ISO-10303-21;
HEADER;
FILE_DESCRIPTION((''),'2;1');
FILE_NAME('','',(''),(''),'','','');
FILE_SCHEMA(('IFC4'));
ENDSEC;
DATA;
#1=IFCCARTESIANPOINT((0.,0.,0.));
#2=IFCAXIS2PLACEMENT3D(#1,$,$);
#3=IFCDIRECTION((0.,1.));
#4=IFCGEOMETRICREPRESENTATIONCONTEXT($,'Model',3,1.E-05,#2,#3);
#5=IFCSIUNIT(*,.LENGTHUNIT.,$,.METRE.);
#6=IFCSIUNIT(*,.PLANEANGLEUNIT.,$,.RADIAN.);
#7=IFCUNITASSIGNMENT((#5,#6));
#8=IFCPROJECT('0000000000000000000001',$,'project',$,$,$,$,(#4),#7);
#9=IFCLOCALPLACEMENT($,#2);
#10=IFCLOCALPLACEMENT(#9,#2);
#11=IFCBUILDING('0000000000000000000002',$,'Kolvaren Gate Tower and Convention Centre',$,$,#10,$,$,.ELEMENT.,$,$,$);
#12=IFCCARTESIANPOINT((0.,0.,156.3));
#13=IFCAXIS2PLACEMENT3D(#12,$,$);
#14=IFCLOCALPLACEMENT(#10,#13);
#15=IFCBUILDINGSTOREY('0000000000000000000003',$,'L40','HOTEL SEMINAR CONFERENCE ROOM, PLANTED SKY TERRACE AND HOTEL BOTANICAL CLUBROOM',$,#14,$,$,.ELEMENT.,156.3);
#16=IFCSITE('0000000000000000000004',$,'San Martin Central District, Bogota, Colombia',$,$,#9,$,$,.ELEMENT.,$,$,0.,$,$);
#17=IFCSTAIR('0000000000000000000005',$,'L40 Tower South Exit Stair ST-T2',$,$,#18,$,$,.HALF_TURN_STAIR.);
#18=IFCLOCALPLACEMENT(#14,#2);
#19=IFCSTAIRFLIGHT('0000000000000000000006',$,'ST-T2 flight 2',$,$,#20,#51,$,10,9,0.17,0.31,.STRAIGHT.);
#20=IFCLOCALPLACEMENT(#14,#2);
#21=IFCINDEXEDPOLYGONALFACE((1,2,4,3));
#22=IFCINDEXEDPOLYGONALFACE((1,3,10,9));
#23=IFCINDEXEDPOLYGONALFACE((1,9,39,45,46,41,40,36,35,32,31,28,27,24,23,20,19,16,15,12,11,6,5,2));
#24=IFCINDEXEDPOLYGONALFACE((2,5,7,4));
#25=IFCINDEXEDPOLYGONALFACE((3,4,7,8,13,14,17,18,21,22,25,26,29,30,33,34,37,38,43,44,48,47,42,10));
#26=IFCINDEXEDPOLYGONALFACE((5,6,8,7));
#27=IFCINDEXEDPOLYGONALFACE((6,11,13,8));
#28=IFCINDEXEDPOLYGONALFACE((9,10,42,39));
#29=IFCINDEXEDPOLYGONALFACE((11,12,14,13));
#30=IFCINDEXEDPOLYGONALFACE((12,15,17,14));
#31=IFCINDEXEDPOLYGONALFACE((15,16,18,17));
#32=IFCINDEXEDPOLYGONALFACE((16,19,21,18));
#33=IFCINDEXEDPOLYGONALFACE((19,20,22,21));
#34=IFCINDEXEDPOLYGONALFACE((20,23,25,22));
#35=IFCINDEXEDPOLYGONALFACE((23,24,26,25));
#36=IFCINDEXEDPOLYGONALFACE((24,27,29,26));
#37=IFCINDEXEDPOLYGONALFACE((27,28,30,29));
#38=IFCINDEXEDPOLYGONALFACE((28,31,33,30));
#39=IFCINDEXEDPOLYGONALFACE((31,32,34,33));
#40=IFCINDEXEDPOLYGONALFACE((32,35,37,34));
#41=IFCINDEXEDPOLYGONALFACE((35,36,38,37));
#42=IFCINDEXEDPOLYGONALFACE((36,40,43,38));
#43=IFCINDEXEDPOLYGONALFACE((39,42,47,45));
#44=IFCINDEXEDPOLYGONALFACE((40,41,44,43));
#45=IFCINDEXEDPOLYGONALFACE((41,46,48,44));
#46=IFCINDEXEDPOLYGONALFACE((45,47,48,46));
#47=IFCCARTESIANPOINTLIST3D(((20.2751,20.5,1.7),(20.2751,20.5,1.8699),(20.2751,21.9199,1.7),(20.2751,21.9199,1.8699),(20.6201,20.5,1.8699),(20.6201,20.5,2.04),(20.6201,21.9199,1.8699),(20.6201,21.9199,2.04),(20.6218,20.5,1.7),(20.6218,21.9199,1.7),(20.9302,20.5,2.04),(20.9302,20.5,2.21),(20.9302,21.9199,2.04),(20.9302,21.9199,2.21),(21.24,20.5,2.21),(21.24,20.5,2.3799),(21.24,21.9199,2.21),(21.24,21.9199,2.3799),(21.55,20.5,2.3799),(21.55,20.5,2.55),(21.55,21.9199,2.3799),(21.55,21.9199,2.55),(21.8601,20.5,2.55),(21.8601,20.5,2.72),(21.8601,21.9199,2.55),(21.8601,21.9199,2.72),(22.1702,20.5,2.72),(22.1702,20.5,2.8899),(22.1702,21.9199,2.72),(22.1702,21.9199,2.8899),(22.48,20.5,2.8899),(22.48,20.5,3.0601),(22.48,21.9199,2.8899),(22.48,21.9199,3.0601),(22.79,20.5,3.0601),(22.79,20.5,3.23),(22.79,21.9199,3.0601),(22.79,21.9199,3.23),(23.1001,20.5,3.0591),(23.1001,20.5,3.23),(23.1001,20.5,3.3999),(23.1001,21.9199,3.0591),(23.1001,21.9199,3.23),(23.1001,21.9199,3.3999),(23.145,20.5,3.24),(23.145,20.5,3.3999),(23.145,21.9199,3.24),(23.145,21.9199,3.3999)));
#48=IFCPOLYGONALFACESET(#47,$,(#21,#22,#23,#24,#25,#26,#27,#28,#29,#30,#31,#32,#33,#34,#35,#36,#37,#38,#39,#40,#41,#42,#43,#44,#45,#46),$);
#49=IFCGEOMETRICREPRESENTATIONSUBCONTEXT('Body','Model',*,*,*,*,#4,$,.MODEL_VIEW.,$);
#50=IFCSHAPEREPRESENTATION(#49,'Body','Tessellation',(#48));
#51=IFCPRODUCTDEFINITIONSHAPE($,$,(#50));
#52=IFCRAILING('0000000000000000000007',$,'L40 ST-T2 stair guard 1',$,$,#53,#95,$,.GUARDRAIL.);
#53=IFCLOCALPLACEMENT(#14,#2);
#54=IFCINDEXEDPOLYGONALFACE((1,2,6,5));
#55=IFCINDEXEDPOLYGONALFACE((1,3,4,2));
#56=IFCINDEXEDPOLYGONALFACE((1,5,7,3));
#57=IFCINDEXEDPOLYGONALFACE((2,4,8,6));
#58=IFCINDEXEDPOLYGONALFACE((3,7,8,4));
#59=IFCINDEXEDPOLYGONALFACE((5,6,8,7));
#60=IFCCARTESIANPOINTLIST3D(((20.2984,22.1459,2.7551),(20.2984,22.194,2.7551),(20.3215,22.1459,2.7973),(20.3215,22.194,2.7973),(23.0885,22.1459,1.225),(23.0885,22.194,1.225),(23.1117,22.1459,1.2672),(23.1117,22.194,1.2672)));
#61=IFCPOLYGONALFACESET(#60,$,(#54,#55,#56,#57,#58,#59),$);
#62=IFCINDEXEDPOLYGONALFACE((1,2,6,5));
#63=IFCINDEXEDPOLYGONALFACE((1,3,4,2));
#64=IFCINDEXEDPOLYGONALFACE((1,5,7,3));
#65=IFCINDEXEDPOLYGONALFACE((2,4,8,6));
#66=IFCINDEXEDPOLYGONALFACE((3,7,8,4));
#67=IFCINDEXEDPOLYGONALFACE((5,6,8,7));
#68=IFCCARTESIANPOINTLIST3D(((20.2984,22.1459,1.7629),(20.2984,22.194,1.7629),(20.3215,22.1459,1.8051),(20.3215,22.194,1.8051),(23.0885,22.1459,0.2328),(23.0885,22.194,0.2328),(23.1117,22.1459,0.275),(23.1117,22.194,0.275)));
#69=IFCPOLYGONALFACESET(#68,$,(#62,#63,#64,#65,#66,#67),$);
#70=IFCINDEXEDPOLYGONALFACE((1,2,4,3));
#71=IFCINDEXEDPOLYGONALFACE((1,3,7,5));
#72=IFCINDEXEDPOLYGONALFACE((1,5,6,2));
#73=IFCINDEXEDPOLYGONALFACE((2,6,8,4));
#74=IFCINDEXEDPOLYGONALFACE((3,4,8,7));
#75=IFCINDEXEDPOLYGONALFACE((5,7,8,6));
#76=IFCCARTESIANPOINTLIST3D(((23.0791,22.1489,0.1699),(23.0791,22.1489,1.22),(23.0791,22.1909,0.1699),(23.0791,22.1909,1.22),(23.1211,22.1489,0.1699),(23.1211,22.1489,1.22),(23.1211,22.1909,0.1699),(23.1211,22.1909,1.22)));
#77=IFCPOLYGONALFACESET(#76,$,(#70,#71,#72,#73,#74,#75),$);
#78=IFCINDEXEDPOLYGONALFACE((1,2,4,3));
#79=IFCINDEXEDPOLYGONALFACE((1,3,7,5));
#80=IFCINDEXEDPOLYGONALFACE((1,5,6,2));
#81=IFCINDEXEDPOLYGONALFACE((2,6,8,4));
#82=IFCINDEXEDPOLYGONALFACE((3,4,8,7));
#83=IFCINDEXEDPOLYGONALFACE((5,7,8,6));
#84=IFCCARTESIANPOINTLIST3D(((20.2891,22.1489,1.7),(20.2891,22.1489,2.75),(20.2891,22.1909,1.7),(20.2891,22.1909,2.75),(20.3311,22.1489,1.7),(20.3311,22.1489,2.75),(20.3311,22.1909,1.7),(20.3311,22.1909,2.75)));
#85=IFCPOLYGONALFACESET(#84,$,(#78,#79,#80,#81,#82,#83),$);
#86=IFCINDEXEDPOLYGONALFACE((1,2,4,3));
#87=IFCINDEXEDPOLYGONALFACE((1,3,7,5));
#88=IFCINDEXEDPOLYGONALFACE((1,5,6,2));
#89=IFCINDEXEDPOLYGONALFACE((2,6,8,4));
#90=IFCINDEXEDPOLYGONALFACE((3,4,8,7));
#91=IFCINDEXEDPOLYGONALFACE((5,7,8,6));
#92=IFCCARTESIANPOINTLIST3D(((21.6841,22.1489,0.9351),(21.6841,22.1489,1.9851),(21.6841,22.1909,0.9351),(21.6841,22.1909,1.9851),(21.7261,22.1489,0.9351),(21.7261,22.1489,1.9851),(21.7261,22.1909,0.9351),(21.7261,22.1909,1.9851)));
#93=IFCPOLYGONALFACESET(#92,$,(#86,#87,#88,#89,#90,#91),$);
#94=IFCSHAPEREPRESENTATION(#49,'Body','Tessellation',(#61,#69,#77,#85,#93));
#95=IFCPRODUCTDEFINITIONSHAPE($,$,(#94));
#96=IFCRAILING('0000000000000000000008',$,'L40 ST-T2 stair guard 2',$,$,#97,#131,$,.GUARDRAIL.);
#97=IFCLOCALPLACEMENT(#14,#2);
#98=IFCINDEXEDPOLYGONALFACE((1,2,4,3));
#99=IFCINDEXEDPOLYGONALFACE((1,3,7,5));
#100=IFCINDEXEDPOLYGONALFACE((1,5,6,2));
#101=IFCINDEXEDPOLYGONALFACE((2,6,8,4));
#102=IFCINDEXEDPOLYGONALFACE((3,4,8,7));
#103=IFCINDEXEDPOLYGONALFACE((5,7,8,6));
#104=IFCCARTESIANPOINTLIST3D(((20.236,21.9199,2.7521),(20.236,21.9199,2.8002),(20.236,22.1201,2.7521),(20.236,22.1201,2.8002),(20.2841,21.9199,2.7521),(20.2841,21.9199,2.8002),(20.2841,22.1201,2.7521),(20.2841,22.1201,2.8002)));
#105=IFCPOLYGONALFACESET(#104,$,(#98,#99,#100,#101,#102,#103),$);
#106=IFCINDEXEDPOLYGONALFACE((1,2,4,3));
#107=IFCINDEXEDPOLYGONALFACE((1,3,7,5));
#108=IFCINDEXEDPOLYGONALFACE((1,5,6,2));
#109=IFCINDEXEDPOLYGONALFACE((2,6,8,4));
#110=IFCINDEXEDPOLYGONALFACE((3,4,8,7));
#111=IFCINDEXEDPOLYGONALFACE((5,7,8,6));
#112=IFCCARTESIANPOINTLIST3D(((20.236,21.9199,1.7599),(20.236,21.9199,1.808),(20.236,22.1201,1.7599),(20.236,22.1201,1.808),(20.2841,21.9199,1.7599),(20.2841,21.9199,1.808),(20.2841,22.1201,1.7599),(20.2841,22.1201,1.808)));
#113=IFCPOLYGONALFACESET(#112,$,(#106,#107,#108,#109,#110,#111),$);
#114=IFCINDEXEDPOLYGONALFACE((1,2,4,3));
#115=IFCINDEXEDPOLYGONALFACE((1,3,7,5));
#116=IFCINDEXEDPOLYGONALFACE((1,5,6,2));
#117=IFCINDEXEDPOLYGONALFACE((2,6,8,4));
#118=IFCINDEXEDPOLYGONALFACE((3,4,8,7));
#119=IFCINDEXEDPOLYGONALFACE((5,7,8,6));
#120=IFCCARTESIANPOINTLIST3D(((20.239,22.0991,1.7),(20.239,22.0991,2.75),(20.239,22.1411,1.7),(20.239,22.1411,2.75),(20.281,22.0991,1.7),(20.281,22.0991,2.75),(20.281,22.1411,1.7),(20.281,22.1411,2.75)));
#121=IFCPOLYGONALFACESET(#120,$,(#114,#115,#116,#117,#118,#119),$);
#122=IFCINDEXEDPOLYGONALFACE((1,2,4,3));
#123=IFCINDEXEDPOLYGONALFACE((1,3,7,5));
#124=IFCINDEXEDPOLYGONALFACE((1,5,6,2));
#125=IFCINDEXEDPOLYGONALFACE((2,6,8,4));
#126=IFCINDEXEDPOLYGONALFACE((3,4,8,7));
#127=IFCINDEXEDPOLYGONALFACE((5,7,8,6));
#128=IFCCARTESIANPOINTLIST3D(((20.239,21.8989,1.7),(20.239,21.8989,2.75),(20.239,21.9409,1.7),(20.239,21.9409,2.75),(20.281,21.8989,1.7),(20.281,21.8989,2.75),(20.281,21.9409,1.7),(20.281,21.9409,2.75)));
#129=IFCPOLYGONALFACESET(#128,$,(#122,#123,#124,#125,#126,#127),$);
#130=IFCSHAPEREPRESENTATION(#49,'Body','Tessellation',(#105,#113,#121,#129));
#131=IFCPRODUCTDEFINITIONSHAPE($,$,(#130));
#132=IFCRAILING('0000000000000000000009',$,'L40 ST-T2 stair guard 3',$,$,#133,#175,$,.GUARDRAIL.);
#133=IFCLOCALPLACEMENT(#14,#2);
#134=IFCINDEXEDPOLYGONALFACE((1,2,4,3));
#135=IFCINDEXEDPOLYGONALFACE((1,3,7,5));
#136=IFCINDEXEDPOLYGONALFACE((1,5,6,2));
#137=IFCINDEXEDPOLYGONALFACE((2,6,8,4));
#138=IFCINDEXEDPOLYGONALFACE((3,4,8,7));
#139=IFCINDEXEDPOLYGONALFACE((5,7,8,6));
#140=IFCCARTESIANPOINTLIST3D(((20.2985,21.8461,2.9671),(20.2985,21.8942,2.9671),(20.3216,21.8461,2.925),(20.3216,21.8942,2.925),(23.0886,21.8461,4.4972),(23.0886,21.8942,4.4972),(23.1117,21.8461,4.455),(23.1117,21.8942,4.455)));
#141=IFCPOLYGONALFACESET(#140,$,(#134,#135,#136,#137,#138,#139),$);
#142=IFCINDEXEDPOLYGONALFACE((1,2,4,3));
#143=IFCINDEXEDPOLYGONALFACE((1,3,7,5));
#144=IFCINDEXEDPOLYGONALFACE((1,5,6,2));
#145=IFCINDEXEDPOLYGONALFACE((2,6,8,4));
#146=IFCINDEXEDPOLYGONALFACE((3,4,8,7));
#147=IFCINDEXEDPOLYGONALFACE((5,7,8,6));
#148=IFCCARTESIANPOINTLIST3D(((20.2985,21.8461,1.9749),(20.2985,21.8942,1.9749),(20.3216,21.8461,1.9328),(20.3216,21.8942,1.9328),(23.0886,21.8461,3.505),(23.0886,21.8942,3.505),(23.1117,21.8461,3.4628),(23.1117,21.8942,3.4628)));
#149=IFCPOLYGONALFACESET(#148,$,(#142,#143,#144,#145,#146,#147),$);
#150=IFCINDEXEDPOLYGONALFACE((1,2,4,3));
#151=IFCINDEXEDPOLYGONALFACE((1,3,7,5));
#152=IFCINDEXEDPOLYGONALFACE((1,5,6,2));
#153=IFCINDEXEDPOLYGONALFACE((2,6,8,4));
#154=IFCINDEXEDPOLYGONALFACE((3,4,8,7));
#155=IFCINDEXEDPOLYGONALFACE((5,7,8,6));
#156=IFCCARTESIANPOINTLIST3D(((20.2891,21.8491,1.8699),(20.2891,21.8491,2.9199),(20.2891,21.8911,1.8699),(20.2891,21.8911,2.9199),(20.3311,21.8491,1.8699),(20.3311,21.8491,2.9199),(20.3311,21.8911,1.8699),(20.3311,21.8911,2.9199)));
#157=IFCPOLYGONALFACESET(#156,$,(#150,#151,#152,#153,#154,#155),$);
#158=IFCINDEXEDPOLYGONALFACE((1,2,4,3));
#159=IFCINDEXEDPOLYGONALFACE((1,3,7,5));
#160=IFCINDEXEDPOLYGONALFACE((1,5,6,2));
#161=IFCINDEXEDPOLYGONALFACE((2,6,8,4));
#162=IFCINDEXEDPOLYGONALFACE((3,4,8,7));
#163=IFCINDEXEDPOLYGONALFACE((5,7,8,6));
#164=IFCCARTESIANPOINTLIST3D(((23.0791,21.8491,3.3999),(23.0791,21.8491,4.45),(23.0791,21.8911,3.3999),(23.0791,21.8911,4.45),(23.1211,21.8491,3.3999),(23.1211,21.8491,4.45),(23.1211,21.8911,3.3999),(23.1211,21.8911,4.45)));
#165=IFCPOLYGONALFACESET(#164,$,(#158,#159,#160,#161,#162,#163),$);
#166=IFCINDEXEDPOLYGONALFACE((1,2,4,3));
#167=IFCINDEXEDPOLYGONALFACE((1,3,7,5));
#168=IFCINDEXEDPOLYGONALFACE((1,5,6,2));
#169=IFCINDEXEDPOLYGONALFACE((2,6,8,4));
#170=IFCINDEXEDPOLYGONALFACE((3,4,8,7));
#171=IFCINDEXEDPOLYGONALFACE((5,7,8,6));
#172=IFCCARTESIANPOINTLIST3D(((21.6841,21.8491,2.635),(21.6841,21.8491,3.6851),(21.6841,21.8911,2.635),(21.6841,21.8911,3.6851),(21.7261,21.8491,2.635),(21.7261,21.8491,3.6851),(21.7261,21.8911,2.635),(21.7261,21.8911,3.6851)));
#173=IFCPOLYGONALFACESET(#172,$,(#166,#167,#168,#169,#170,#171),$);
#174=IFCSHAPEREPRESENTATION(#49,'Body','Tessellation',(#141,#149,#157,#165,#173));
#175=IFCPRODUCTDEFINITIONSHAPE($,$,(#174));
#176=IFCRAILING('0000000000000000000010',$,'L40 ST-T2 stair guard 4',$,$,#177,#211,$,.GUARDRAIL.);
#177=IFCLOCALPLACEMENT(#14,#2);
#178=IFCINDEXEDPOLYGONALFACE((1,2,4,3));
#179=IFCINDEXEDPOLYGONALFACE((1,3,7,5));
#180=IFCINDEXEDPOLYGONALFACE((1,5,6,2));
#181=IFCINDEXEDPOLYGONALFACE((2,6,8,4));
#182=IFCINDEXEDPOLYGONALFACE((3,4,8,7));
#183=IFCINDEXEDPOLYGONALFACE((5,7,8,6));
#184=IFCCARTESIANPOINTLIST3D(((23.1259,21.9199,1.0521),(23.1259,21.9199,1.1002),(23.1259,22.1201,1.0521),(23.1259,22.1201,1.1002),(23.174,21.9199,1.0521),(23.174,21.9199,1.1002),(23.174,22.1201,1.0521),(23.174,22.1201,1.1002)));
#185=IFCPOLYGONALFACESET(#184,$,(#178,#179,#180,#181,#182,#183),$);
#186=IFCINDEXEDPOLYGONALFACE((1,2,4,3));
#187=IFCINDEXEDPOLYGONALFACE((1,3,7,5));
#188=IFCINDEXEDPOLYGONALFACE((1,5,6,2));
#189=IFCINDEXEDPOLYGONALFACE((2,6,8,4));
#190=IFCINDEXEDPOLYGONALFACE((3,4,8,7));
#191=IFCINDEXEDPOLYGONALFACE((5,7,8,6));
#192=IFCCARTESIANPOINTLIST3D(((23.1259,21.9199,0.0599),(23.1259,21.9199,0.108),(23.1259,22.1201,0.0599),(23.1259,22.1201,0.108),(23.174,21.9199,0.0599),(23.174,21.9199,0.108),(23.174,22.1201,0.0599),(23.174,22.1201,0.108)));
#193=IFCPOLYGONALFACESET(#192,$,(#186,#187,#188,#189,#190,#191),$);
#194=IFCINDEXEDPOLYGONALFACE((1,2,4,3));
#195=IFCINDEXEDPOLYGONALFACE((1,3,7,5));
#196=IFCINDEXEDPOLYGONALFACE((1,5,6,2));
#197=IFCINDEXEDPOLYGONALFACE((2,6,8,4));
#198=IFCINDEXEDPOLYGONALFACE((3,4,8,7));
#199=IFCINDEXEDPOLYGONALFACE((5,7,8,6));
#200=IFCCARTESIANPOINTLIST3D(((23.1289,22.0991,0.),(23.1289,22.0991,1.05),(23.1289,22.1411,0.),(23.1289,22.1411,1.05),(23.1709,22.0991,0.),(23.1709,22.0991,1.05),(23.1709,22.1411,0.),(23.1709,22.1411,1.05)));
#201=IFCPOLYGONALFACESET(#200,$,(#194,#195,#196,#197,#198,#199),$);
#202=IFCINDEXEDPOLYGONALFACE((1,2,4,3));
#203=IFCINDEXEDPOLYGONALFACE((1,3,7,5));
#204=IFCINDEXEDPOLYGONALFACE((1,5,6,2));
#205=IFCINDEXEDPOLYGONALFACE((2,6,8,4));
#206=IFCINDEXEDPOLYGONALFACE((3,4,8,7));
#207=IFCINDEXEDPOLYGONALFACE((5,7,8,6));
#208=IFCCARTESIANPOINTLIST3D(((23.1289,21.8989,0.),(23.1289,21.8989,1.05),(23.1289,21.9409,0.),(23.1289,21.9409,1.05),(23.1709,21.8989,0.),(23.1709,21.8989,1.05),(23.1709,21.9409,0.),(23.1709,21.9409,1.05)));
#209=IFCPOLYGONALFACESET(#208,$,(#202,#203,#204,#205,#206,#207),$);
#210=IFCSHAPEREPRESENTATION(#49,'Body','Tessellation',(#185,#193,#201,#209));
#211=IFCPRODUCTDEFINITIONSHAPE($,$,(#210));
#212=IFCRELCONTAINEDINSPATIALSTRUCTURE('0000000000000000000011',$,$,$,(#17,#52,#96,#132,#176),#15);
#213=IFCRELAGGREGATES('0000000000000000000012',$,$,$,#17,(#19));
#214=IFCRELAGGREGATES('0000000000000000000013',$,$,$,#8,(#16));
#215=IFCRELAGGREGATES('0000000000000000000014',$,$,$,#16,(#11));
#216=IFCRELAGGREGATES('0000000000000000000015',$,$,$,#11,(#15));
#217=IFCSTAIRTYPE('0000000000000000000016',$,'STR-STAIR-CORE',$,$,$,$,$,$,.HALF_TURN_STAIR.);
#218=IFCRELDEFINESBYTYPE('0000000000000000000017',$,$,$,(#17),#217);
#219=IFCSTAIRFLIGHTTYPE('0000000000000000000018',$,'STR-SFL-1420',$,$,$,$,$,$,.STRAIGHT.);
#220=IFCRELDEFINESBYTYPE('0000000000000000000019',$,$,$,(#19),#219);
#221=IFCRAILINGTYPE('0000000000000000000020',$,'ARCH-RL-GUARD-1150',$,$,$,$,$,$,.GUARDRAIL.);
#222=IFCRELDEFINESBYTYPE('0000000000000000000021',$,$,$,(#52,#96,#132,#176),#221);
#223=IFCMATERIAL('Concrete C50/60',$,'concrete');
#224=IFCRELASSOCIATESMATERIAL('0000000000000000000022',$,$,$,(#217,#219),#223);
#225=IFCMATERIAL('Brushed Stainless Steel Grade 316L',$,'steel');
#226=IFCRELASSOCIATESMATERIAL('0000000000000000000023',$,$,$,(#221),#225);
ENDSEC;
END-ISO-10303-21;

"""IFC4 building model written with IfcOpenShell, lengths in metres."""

from ifc_helpers import new_model, si_unit, direction, frame, origin, origin_2d, place, context, subcontext, project, spatial, polyline, rectangle, outline, extrude, material, type_object, element, aggregate, save


model = new_model("IFC4")

# Units and contexts
model_context = context("Model", 3, precision=1e-05, world=origin(), true_north=direction((0.0, 1.0)))
body_context = subcontext(model_context, "Body", "Model", "MODEL_VIEW")
ifc_project = project(units=[si_unit("LENGTHUNIT", "METRE"), si_unit("PLANEANGLEUNIT", "RADIAN")], contexts=[model_context])

# Site, building, storey
site_placement = place(None, origin())
site = spatial("IfcSite", under=ifc_project, at=site_placement, Name="San Martin Central District, Bogota, Colombia", CompositionType="ELEMENT", RefElevation=0.0)
building_placement = place(site_placement, origin())
building = spatial("IfcBuilding", under=site, at=building_placement, Name="Kolvaren Gate Tower and Convention Centre", CompositionType="ELEMENT")
storey_placement = place(building_placement, frame((0.0, 0.0, 156.3)))
storey = spatial("IfcBuildingStorey", under=building, at=storey_placement, Name="L40", Description="HOTEL SEMINAR CONFERENCE ROOM, PLANTED SKY TERRACE AND HOTEL BOTANICAL CLUBROOM", CompositionType="ELEMENT", Elevation=156.3)

# Shared definitions
ifc_material_1 = material(Name="Brushed Stainless Steel Grade 316L", Category="steel")

# Shared definitions
ifc_material_2 = material(Name="Concrete C50/60", Category="concrete")

# Stair, stair flight
stair_type = type_object("IfcStairType", Name="STR-STAIR-CORE", PredefinedType="HALF_TURN_STAIR", material=ifc_material_2)
stair_placement = place(storey_placement, origin())
stair = element("IfcStair", 1, at=stair_placement, inside=storey, type_object=stair_type, Name="L40 Tower South Exit Stair ST-T2", PredefinedType="HALF_TURN_STAIR")
stair_flight_type = type_object("IfcStairFlightType", Name="STR-SFL-1420", PredefinedType="STRAIGHT", material=ifc_material_2)
stair_flight_1_placement = place(storey_placement, frame((20.3101, 21.21, 1.7), z_axis=(0.0, 0.0, 1.0), x_axis=(1.0, 0.0, 0.0)))
stair_flight_1 = element("IfcStairFlight", 2, at=stair_flight_1_placement, type_object=stair_flight_type, Name="ST-T2 flight 2", NumberOfRisers=10, NumberOfTreads=9, PredefinedType="STRAIGHT", RiserHeight=0.17, TreadLength=0.31, context=body_context, shape_type="SweptSolid", body=[
    extrude(outline(polyline([(-0.0349, 0.0), (-0.0349, 0.1699), (0.3101, 0.1699), (0.3101, 0.3401), (0.6201, 0.3401), (0.6201, 0.51), (0.9299, 0.51), (0.9299, 0.6799), (1.24, 0.6799), (1.24, 0.8501), (1.55, 0.8501), (1.55, 1.02), (1.8601, 1.02), (1.8601, 1.1899), (2.1699, 1.1899), (2.1699, 1.3601), (2.48, 1.3601), (2.48, 1.53), (2.79, 1.53), (2.79, 1.7), (2.835, 1.7), (2.835, 1.54), (2.79, 1.3591), (0.3118, 0.0), (-0.0349, 0.0)])), frame((0.0, 0.71, 0.0), z_axis=(0.0, -1.0, 0.0), x_axis=(1.0, 0.0, 0.0)), (0.0, 0.0, 1.0), 1.4199),
])
aggregate(stair, [stair_flight_1])

# Railings
railing_type_1 = type_object("IfcRailingType", Name="ARCH-RL-GUARD-1150", PredefinedType="GUARDRAIL", material=ifc_material_1)
railing_1_placement = place(storey_placement, frame((23.1001, 22.1699, 0.1699)))
element("IfcRailing", 3, at=railing_1_placement, inside=storey, type_object=railing_type_1, Name="L40 ST-T2 stair guard 1", PredefinedType="GUARDRAIL", context=body_context, shape_type="SweptSolid", body=[
    extrude(rectangle(XDim=0.0481, YDim=0.0481, at=origin_2d()), frame((0.0, 0.0, 1.0762), z_axis=(-0.876811, 0.0, 0.480835), x_axis=(0.0, -1.0, 0.0)), (0.0, 0.0, 1.0), 3.1821),
    extrude(rectangle(XDim=0.0481, YDim=0.0481, at=origin_2d()), frame((0.0, 0.0, 0.084), z_axis=(-0.876811, 0.0, 0.480835), x_axis=(0.0, -1.0, 0.0)), (0.0, 0.0, 1.0), 3.1821),
    extrude(rectangle(XDim=0.042, YDim=0.042, at=origin_2d()), origin(), (0.0, 0.0, 1.0), 1.05),
    extrude(rectangle(XDim=0.042, YDim=0.042, at=origin_2d()), frame((-2.79, 0.0, 1.53)), (0.0, 0.0, 1.0), 1.05),
    extrude(rectangle(XDim=0.042, YDim=0.042, at=origin_2d()), frame((-1.395, 0.0, 0.7651)), (0.0, 0.0, 1.0), 1.05),
])
railing_2_placement = place(storey_placement, frame((20.26, 22.1201, 1.7)))
element("IfcRailing", 4, at=railing_2_placement, inside=storey, type_object=railing_type_1, Name="L40 ST-T2 stair guard 2", PredefinedType="GUARDRAIL", context=body_context, shape_type="SweptSolid", body=[
    extrude(rectangle(XDim=0.0481, YDim=0.0481, at=origin_2d()), frame((0.0, 0.0, 1.0762), z_axis=(0.0, -1.0, 0.0), x_axis=(1.0, 0.0, 0.0)), (0.0, 0.0, 1.0), 0.2002),
    extrude(rectangle(XDim=0.0481, YDim=0.0481, at=origin_2d()), frame((0.0, 0.0, 0.084), z_axis=(0.0, -1.0, 0.0), x_axis=(1.0, 0.0, 0.0)), (0.0, 0.0, 1.0), 0.2002),
    extrude(rectangle(XDim=0.042, YDim=0.042, at=origin_2d()), origin(), (0.0, 0.0, 1.0), 1.05),
    extrude(rectangle(XDim=0.042, YDim=0.042, at=origin_2d()), frame((0.0, -0.2002, 0.0)), (0.0, 0.0, 1.0), 1.05),
])
railing_3_placement = place(storey_placement, frame((20.3101, 21.8701, 1.8699)))
element("IfcRailing", 5, at=railing_3_placement, inside=storey, type_object=railing_type_1, Name="L40 ST-T2 stair guard 3", PredefinedType="GUARDRAIL", context=body_context, shape_type="SweptSolid", body=[
    extrude(rectangle(XDim=0.0481, YDim=0.0481, at=origin_2d()), frame((0.0, 0.0, 1.0762), z_axis=(0.876811, 0.0, 0.480835), x_axis=(0.0, 1.0, 0.0)), (0.0, 0.0, 1.0), 3.1821),
    extrude(rectangle(XDim=0.0481, YDim=0.0481, at=origin_2d()), frame((0.0, 0.0, 0.084), z_axis=(0.876811, 0.0, 0.480835), x_axis=(0.0, 1.0, 0.0)), (0.0, 0.0, 1.0), 3.1821),
    extrude(rectangle(XDim=0.042, YDim=0.042, at=origin_2d()), origin(), (0.0, 0.0, 1.0), 1.05),
    extrude(rectangle(XDim=0.042, YDim=0.042, at=origin_2d()), frame((2.79, 0.0, 1.53)), (0.0, 0.0, 1.0), 1.05),
    extrude(rectangle(XDim=0.042, YDim=0.042, at=origin_2d()), frame((1.395, 0.0, 0.7651)), (0.0, 0.0, 1.0), 1.05),
])
railing_4_placement = place(storey_placement, frame((23.1499, 22.1201, 0.0)))
element("IfcRailing", 6, at=railing_4_placement, inside=storey, type_object=railing_type_1, Name="L40 ST-T2 stair guard 4", PredefinedType="GUARDRAIL", context=body_context, shape_type="SweptSolid", body=[
    extrude(rectangle(XDim=0.0481, YDim=0.0481, at=origin_2d()), frame((0.0, 0.0, 1.0762), z_axis=(0.0, -1.0, 0.0), x_axis=(1.0, 0.0, 0.0)), (0.0, 0.0, 1.0), 0.2002),
    extrude(rectangle(XDim=0.0481, YDim=0.0481, at=origin_2d()), frame((0.0, 0.0, 0.084), z_axis=(0.0, -1.0, 0.0), x_axis=(1.0, 0.0, 0.0)), (0.0, 0.0, 1.0), 0.2002),
    extrude(rectangle(XDim=0.042, YDim=0.042, at=origin_2d()), origin(), (0.0, 0.0, 1.0), 1.05),
    extrude(rectangle(XDim=0.042, YDim=0.042, at=origin_2d()), frame((0.0, -0.2002, 0.0)), (0.0, 0.0, 1.0), 1.05),
])

save(model, "model.ifc")
